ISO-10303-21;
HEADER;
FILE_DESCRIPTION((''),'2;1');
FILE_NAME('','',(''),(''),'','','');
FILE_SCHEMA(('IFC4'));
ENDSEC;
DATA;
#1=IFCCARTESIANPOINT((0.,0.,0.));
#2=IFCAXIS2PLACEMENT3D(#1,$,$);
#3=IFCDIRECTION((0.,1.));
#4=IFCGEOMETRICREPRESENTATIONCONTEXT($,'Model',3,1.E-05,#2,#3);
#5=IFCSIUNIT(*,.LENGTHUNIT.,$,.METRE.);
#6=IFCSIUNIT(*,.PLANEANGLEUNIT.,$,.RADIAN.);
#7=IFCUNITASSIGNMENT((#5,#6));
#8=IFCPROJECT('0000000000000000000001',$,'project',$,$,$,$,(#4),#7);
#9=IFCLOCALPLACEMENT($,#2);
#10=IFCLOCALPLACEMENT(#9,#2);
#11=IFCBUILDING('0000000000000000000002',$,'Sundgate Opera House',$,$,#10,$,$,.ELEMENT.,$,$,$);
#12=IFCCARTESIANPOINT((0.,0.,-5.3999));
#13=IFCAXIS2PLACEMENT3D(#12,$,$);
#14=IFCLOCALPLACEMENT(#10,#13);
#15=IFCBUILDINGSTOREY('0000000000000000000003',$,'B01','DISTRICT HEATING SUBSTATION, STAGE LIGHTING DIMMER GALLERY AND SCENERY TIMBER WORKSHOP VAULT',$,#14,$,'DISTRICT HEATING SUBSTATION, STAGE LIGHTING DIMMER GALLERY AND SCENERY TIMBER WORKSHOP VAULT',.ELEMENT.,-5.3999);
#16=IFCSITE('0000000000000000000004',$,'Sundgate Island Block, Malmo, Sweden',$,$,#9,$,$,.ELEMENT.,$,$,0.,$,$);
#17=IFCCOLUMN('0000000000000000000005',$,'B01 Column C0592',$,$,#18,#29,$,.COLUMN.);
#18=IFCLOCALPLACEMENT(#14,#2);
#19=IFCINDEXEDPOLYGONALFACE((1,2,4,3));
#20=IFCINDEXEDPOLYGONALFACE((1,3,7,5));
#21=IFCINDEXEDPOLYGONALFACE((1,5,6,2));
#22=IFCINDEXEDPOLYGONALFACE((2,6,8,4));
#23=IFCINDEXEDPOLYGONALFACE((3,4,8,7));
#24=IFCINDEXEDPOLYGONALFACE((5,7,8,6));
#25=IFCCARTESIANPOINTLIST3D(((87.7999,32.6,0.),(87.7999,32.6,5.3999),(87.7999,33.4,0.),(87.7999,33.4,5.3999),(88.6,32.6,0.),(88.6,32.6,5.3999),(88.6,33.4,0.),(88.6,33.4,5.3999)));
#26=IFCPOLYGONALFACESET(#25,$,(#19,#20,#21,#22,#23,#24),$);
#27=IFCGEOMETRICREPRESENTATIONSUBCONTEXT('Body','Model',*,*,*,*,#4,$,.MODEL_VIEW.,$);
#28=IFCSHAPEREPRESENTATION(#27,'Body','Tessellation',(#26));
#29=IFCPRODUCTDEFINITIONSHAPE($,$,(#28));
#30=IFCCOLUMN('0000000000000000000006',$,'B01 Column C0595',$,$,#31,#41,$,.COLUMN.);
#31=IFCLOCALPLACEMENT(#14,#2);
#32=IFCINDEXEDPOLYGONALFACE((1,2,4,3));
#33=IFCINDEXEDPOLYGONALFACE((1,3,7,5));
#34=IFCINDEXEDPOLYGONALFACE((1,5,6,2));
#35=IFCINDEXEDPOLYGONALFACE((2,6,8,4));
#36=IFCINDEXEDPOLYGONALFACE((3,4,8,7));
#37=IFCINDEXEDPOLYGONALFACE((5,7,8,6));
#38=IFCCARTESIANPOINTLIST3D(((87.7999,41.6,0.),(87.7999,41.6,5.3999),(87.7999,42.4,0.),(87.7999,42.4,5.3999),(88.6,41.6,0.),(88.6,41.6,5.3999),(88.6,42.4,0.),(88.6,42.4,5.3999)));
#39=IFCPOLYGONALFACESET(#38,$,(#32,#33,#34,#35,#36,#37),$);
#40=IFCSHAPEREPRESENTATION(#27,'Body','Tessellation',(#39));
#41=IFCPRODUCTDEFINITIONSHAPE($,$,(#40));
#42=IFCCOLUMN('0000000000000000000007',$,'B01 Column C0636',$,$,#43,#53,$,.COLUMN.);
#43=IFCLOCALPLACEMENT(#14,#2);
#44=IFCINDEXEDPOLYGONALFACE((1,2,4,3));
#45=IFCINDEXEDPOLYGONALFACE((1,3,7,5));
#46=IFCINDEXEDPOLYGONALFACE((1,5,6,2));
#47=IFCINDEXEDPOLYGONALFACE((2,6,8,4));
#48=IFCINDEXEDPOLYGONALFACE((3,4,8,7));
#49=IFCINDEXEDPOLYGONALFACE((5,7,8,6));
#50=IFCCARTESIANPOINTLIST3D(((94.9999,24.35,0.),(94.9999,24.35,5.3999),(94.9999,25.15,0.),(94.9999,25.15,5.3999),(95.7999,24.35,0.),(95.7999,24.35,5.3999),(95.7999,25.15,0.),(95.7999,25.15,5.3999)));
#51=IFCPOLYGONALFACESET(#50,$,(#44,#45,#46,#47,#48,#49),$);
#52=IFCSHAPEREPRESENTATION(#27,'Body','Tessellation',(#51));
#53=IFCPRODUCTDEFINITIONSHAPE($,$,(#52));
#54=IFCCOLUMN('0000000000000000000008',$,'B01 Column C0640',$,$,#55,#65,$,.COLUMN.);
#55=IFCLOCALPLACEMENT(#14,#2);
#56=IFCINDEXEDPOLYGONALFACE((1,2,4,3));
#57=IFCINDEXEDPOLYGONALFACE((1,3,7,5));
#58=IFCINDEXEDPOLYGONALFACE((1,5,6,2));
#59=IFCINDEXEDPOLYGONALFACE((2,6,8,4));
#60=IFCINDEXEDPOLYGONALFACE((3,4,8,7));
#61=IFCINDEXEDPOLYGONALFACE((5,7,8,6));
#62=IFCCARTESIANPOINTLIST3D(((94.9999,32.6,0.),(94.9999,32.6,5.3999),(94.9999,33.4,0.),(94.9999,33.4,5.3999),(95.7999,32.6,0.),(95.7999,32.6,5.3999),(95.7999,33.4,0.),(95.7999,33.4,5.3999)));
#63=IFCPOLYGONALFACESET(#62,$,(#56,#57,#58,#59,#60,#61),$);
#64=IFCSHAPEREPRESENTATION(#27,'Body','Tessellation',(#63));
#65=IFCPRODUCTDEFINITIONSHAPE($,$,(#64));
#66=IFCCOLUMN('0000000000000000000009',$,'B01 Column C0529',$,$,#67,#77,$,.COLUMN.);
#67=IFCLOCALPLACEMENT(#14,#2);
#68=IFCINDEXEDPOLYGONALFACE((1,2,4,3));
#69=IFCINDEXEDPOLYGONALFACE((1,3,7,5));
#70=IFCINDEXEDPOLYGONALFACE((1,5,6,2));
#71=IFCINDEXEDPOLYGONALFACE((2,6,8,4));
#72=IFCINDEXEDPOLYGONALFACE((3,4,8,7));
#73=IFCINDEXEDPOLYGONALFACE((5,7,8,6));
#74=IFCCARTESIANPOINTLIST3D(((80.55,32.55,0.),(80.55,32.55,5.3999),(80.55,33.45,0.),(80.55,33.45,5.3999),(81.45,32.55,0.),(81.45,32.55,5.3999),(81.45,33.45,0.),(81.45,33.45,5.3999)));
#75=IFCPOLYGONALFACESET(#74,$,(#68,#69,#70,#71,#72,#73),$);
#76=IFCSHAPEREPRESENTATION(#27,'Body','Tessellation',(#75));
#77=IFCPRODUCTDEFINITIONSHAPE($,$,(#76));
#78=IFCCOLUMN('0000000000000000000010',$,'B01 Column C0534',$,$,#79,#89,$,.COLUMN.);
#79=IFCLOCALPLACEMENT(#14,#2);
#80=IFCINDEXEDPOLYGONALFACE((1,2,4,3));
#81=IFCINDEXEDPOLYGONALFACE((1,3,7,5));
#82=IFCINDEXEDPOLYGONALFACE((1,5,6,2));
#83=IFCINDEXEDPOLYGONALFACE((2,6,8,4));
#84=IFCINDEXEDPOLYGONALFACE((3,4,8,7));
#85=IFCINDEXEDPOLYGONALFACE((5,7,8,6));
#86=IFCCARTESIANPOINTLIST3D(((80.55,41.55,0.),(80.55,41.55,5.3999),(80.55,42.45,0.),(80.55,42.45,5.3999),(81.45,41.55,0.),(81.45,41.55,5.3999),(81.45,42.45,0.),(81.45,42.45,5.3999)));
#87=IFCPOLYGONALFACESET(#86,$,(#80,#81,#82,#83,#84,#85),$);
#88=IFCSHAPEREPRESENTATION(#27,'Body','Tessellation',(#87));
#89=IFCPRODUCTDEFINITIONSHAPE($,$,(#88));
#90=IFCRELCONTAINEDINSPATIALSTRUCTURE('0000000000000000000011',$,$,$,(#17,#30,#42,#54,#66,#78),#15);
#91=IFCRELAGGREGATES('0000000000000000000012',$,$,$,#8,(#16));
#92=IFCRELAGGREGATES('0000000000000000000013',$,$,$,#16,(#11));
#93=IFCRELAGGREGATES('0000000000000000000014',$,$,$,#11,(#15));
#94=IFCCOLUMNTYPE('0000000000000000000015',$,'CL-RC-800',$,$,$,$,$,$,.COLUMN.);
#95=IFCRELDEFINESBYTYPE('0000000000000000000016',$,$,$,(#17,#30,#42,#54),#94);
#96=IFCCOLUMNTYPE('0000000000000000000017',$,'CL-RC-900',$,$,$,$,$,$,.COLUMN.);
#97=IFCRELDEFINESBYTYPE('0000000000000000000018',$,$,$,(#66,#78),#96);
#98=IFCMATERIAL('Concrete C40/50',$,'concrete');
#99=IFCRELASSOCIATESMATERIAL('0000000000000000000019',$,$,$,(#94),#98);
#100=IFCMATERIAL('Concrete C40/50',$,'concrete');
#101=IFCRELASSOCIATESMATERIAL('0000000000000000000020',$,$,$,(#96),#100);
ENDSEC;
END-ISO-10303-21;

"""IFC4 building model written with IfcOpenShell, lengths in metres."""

from ifc_helpers import new_model, si_unit, direction, frame, origin, origin_2d, place, context, subcontext, project, spatial, rectangle, extrude, material, material_profile, profile_set, type_object, element, save


model = new_model("IFC4")

# Units and contexts
model_context = context("Model", 3, precision=1e-05, world=origin(), true_north=direction((0.0, 1.0)))
body_context = subcontext(model_context, "Body", "Model", "MODEL_VIEW")
ifc_project = project(units=[si_unit("LENGTHUNIT", "METRE"), si_unit("PLANEANGLEUNIT", "RADIAN")], contexts=[model_context])

# Site, building, storey
site_placement = place(None, origin())
site = spatial("IfcSite", under=ifc_project, at=site_placement, Name="Sundgate Island Block, Malmo, Sweden", CompositionType="ELEMENT", RefElevation=0.0)
building_placement = place(site_placement, origin())
building = spatial("IfcBuilding", under=site, at=building_placement, Name="Sundgate Opera House", CompositionType="ELEMENT")
storey_placement = place(building_placement, frame((0.0, 0.0, -5.3999)))
storey = spatial("IfcBuildingStorey", under=building, at=storey_placement, Name="B01", Description="DISTRICT HEATING SUBSTATION, STAGE LIGHTING DIMMER GALLERY AND SCENERY TIMBER WORKSHOP VAULT", LongName="DISTRICT HEATING SUBSTATION, STAGE LIGHTING DIMMER GALLERY AND SCENERY TIMBER WORKSHOP VAULT", CompositionType="ELEMENT", Elevation=-5.3999)

# Columns
ifc_material_1 = material(Name="Concrete C40/50", Category="concrete")
ifc_material_profile_1 = material_profile(ifc_material_1, rectangle(XDim=0.8, YDim=0.8, at=origin_2d()), Name="RC 800x800")
ifc_profile_set_1 = profile_set([ifc_material_profile_1], Name="Concrete C40/50")
column_type_1 = type_object("IfcColumnType", Name="CL-RC-800", PredefinedType="COLUMN", material=ifc_profile_set_1)
for number, where, z_axis, x_axis, name in (
    (1, (88.2, 33.0, 0.0), (0.0, 0.0, 1.0), (1.0, 0.0, 0.0), "B01 Column C0592"),
    (2, (88.2, 42.0, 0.0), (0.0, 0.0, 1.0), (1.0, 0.0, 0.0), "B01 Column C0595"),
    (3, (95.3999, 24.75, 0.0), (0.0, 0.0, 1.0), (1.0, 0.0, 0.0), "B01 Column C0636"),
    (4, (95.3999, 33.0, 0.0), (0.0, 0.0, 1.0), (1.0, 0.0, 0.0), "B01 Column C0640"),
):
    element("IfcColumn", number, at=place(storey_placement, frame(where, z_axis=z_axis, x_axis=x_axis)), inside=storey, type_object=column_type_1, Name=name, PredefinedType="COLUMN", context=body_context, shape_type="SweptSolid", body=[
        extrude(rectangle(XDim=0.8, YDim=0.8, at=origin_2d()), origin(), (0.0, 0.0, 1.0), 5.3999),
    ])
ifc_material_2 = material(Name="Concrete C40/50", Category="concrete")
ifc_material_profile_2 = material_profile(ifc_material_2, rectangle(XDim=0.8999, YDim=0.8999, at=origin_2d()), Name="RC 900x900")
ifc_profile_set_2 = profile_set([ifc_material_profile_2], Name="Concrete C40/50")
column_type_2 = type_object("IfcColumnType", Name="CL-RC-900", PredefinedType="COLUMN", material=ifc_profile_set_2)
for number, where, z_axis, x_axis, name in (
    (5, (81.0, 33.0, 0.0), (0.0, 0.0, 1.0), (1.0, 0.0, 0.0), "B01 Column C0529"),
    (6, (81.0, 42.0, 0.0), (0.0, 0.0, 1.0), (1.0, 0.0, 0.0), "B01 Column C0534"),
):
    element("IfcColumn", number, at=place(storey_placement, frame(where, z_axis=z_axis, x_axis=x_axis)), inside=storey, type_object=column_type_2, Name=name, PredefinedType="COLUMN", context=body_context, shape_type="SweptSolid", body=[
        extrude(rectangle(XDim=0.8999, YDim=0.8999, at=origin_2d()), origin(), (0.0, 0.0, 1.0), 5.3999),
    ])

save(model, "model.ifc")
